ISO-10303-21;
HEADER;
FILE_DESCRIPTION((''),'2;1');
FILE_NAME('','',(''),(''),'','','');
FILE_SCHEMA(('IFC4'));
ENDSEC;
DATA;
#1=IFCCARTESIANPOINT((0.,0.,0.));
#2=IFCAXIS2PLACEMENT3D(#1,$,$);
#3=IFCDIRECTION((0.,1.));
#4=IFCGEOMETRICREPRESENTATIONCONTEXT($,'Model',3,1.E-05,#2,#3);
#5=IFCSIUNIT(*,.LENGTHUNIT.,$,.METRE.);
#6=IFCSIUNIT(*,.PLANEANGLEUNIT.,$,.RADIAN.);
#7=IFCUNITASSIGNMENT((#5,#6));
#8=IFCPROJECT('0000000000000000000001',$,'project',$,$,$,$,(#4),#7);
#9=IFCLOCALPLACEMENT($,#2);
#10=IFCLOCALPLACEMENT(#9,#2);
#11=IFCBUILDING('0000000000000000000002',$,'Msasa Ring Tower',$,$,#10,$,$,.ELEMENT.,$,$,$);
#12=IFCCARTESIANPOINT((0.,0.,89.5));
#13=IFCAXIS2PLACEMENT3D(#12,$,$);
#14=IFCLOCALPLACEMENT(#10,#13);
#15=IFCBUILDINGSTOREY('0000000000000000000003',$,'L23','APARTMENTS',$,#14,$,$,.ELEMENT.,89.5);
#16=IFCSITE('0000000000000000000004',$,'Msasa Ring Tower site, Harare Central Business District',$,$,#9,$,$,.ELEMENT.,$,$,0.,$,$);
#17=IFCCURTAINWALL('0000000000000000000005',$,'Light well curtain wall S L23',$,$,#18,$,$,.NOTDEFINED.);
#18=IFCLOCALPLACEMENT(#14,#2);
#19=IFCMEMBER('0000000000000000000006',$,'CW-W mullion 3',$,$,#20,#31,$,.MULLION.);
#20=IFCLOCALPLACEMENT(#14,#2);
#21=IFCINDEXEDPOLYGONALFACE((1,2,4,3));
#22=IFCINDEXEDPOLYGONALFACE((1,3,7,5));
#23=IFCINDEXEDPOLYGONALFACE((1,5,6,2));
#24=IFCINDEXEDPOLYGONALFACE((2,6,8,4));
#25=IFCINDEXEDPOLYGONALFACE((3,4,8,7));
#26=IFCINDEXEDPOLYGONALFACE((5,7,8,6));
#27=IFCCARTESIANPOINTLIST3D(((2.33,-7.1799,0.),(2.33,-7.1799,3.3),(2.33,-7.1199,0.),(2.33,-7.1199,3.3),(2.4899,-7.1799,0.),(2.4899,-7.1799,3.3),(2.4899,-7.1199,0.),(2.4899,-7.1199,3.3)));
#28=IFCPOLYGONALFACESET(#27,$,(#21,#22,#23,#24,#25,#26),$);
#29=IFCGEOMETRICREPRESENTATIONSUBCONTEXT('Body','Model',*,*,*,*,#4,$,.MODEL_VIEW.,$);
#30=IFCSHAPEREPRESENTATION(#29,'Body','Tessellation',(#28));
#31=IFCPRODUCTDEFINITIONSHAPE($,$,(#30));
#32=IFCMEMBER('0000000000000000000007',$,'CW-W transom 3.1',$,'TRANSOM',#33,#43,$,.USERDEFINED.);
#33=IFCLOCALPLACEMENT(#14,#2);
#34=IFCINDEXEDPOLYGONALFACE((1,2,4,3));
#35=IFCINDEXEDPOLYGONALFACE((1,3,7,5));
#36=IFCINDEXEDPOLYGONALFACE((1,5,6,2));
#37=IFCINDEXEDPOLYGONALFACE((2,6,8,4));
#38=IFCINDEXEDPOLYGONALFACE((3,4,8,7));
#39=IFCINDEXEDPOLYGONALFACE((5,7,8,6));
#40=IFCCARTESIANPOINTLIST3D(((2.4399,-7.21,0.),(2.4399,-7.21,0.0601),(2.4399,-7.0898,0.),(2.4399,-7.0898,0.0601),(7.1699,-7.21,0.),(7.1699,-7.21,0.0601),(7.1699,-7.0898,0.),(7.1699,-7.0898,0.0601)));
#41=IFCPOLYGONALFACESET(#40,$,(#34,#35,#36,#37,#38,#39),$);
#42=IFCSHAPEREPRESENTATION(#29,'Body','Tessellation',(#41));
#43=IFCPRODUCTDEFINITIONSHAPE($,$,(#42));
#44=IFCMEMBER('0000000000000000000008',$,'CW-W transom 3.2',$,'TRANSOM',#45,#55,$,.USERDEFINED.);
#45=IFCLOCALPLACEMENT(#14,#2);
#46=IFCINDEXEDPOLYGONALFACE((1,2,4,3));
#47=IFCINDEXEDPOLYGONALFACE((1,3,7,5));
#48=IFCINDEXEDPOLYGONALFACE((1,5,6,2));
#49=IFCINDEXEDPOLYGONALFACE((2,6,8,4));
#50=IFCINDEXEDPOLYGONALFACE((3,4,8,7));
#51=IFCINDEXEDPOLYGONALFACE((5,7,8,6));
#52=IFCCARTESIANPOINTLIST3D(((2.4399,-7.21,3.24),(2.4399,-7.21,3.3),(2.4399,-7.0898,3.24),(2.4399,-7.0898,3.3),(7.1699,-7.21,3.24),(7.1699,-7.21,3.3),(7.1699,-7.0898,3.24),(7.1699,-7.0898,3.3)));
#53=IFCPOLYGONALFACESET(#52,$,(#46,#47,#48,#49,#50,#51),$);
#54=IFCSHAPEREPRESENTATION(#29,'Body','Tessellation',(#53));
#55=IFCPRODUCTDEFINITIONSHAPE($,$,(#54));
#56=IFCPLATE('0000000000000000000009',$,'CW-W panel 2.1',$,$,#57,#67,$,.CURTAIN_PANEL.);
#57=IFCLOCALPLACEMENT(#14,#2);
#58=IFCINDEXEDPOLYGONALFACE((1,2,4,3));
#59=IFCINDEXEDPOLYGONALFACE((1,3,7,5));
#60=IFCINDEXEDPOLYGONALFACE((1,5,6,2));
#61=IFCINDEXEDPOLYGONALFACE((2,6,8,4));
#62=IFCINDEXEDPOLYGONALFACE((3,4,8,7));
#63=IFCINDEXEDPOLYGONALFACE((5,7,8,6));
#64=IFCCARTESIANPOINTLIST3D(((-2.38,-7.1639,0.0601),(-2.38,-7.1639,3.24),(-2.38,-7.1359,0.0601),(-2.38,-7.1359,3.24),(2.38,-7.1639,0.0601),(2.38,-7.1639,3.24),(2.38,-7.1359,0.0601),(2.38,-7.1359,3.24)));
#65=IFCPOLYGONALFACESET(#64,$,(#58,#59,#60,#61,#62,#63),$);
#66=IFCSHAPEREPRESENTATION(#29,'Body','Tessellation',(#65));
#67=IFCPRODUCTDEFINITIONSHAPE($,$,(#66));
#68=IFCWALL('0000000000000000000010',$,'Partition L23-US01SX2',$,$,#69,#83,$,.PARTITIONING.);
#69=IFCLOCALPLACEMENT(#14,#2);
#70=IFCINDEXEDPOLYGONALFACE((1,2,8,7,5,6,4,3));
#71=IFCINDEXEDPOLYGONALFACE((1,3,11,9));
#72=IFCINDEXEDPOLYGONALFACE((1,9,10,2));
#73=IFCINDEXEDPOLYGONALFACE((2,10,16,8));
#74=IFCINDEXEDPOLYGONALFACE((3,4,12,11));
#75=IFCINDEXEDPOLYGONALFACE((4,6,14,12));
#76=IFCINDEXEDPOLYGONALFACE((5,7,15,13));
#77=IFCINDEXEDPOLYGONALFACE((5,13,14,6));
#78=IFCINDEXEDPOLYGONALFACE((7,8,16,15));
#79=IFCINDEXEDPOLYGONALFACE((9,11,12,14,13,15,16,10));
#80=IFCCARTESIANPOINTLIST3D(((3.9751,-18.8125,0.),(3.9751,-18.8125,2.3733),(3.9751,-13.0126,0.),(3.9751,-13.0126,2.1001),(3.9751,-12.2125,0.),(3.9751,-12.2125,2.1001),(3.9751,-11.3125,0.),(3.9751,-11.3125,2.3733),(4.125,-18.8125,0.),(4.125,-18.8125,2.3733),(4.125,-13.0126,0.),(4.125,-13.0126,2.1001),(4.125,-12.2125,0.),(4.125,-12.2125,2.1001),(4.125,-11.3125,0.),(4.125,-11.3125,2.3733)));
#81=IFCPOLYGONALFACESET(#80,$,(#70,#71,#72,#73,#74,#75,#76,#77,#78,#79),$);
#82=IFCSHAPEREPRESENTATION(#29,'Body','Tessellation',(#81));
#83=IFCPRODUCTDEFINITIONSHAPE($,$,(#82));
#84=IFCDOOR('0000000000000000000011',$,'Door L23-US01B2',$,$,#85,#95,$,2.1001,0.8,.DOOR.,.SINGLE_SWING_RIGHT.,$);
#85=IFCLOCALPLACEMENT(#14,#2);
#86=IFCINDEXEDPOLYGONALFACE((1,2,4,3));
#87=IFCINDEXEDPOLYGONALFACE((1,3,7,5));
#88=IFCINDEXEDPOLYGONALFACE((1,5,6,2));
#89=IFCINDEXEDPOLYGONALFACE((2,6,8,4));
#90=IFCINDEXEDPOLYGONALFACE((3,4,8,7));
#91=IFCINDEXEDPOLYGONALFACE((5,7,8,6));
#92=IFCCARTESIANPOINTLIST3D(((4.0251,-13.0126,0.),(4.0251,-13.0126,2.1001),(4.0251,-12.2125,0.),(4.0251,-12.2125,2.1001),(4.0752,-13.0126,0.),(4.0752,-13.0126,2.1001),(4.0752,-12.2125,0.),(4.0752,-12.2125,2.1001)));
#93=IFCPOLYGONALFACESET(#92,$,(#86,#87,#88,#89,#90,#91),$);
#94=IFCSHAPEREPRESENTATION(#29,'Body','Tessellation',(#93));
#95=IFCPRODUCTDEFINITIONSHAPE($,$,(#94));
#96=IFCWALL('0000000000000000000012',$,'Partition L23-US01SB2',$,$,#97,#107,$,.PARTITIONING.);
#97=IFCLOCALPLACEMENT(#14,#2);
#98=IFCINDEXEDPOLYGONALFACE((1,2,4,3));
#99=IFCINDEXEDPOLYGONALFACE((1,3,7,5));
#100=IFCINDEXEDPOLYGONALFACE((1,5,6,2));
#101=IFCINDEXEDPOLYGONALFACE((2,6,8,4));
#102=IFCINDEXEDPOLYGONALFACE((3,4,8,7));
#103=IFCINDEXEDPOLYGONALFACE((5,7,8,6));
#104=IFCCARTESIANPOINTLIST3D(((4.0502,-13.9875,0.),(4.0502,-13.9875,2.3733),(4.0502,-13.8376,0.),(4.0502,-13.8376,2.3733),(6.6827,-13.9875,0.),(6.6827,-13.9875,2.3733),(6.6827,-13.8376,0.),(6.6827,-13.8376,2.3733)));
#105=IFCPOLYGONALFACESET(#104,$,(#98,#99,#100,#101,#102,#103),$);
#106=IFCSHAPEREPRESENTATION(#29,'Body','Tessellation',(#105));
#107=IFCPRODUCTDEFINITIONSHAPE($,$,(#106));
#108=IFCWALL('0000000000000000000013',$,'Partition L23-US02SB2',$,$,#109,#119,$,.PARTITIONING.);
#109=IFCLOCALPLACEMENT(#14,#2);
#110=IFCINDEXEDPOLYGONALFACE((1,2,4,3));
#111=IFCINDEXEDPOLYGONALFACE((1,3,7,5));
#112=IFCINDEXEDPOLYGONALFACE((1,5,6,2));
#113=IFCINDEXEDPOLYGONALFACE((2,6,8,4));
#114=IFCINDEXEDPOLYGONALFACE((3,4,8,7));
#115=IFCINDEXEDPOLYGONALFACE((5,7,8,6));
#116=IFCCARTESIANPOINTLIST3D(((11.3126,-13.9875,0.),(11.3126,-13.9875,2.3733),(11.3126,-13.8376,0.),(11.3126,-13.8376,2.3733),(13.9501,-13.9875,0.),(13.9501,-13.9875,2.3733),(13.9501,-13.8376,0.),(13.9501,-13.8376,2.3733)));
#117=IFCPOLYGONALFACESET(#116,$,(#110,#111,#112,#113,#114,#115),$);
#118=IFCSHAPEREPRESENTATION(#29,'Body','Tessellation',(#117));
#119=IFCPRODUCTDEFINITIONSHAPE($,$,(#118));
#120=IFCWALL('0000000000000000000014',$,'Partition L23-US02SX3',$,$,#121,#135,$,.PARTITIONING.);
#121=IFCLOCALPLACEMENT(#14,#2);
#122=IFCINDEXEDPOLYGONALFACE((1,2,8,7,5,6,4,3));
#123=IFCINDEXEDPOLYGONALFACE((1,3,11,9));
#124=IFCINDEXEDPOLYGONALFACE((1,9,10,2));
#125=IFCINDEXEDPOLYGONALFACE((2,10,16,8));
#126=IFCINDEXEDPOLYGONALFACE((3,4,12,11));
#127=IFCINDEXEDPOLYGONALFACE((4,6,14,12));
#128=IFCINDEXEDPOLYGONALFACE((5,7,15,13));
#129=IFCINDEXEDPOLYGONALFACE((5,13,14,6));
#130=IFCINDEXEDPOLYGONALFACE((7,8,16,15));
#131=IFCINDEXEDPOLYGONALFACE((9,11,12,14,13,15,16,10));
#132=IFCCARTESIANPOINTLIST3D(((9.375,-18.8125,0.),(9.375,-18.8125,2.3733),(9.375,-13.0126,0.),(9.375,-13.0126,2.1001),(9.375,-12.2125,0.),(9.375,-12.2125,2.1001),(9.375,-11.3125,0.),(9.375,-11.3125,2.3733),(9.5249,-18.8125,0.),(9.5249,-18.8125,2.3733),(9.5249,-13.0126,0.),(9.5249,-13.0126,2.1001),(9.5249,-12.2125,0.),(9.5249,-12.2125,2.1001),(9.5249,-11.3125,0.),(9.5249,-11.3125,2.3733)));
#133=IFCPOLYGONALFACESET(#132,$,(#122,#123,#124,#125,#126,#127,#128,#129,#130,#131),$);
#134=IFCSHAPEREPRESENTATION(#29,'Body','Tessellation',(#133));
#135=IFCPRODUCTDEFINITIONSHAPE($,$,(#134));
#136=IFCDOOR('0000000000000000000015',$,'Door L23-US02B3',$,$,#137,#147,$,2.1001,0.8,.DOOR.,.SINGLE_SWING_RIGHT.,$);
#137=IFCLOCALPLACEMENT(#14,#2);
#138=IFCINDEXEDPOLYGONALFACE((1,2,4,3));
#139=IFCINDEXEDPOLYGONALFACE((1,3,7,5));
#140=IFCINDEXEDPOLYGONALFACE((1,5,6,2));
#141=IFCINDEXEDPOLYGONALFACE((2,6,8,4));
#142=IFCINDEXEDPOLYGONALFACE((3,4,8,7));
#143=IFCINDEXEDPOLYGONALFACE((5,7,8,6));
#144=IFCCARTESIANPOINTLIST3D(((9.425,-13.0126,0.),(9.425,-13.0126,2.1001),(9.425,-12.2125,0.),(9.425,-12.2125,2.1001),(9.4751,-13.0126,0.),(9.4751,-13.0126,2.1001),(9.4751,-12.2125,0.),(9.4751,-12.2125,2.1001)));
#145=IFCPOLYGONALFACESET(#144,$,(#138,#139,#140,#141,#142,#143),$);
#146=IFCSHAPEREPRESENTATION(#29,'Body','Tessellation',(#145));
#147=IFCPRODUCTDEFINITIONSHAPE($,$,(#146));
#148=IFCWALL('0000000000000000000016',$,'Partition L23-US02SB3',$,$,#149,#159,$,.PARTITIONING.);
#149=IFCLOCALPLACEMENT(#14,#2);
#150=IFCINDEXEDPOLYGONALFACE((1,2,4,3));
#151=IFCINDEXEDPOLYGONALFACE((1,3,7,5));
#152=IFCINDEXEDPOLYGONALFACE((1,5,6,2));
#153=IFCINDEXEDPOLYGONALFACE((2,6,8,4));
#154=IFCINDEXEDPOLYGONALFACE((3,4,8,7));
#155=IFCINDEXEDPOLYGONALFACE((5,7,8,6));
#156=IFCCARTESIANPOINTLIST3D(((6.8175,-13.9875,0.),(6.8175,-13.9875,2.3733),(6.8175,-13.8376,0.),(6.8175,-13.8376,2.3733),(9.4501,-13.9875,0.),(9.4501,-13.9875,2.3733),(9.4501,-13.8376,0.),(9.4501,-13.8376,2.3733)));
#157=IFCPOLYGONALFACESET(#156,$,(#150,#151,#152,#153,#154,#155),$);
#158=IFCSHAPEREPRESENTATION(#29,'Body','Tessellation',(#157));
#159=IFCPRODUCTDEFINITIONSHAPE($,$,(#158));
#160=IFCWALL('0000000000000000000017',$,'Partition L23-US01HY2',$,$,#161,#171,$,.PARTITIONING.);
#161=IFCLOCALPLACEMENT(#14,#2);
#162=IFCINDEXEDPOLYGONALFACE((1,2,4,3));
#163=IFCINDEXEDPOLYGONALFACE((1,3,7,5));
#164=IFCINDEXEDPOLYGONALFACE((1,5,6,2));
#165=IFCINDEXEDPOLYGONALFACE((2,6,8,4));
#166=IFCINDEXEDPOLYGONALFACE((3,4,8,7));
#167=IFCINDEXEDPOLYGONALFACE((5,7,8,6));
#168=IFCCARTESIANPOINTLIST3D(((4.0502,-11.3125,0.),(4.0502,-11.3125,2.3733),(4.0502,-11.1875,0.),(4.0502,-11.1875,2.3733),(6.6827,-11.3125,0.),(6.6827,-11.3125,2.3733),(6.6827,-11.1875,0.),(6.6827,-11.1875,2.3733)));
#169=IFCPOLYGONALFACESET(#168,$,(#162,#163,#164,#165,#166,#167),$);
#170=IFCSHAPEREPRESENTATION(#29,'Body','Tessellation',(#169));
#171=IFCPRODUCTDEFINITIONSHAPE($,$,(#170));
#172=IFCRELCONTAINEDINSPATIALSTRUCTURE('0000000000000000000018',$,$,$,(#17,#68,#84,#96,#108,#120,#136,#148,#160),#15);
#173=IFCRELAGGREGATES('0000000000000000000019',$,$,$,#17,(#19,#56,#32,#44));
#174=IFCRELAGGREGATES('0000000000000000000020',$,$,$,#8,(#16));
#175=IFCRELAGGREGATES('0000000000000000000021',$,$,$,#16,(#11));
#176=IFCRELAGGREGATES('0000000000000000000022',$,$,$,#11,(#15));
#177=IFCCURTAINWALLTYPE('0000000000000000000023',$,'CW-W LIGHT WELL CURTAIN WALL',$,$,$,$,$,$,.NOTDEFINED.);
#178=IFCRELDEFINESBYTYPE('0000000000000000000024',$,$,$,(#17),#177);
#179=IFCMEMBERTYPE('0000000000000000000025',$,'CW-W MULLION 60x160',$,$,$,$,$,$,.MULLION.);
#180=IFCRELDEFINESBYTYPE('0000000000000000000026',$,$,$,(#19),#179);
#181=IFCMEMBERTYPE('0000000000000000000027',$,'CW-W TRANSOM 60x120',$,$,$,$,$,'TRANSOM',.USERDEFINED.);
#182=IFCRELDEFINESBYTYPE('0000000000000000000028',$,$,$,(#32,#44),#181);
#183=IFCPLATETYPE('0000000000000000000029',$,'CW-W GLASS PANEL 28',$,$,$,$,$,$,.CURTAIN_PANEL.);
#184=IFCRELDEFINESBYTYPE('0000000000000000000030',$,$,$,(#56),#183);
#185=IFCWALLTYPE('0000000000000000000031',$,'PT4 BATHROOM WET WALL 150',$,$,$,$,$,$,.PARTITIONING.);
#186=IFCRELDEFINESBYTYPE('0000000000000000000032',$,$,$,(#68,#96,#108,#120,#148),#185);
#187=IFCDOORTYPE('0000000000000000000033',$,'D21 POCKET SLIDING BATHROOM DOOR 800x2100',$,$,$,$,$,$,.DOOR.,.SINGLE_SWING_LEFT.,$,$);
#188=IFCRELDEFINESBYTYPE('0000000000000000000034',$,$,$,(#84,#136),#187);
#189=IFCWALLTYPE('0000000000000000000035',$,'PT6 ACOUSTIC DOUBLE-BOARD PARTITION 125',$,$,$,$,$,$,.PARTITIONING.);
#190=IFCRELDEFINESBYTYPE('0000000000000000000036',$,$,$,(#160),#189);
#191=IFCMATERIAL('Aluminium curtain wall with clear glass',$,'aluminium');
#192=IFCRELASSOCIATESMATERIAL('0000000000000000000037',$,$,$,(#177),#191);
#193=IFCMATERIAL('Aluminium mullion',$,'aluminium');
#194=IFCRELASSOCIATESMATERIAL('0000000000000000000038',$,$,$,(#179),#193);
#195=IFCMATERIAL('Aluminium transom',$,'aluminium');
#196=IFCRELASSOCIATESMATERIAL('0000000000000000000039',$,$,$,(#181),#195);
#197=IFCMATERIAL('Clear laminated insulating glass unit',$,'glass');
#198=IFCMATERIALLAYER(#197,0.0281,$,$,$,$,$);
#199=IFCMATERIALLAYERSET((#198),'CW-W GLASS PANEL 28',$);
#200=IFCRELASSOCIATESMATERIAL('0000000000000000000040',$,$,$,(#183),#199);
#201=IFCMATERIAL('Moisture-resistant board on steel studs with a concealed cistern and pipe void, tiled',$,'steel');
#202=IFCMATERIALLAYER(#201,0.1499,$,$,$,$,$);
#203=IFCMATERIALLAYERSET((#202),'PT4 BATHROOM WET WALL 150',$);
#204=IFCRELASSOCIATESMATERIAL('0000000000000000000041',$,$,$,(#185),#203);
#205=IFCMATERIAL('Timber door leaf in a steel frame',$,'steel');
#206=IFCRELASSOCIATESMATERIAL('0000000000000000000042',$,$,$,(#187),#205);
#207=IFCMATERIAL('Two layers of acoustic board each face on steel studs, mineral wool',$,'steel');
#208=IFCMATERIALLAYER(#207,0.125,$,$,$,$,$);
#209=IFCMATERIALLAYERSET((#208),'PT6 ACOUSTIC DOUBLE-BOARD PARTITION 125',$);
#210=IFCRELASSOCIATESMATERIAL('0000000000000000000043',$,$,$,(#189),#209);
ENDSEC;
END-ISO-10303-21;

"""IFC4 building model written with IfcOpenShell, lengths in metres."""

from ifc_helpers import new_model, si_unit, direction, frame, frame_2d, origin, origin_2d, place, context, subcontext, project, spatial, rectangle, extrude, material, layer, layer_set, material_profile, profile_set, type_object, element, fill, aggregate, save


model = new_model("IFC4")

# Units and contexts
model_context = context("Model", 3, precision=1e-05, world=origin(), true_north=direction((0.0, 1.0)))
body_context = subcontext(model_context, "Body", "Model", "MODEL_VIEW")
ifc_project = project(units=[si_unit("LENGTHUNIT", "METRE"), si_unit("PLANEANGLEUNIT", "RADIAN")], contexts=[model_context])

# Site, building, storey
site_placement = place(None, origin())
site = spatial("IfcSite", under=ifc_project, at=site_placement, Name="Msasa Ring Tower site, Harare Central Business District", CompositionType="ELEMENT", RefElevation=0.0)
building_placement = place(site_placement, origin())
building = spatial("IfcBuilding", under=site, at=building_placement, Name="Msasa Ring Tower", CompositionType="ELEMENT")
storey_placement = place(building_placement, frame((0.0, 0.0, 89.5)))
storey = spatial("IfcBuildingStorey", under=building, at=storey_placement, Name="L23", Description="APARTMENTS", CompositionType="ELEMENT", Elevation=89.5)

# Curtain wall, members, plate
ifc_material_1 = material(Name="Aluminium curtain wall with clear glass", Category="aluminium")
curtain_wall_type = type_object("IfcCurtainWallType", Name="CW-W LIGHT WELL CURTAIN WALL", PredefinedType="NOTDEFINED", material=ifc_material_1)
curtain_wall_placement = place(storey_placement, origin())
curtain_wall = element("IfcCurtainWall", 1, at=curtain_wall_placement, inside=storey, type_object=curtain_wall_type, Name="Light well curtain wall S L23", PredefinedType="NOTDEFINED")
ifc_material_2 = material(Name="Aluminium mullion", Category="aluminium")
ifc_material_profile_1 = material_profile(ifc_material_2, rectangle(XDim=0.0601, YDim=0.1599, at=origin_2d()), Name="AL 60x160")
ifc_profile_set_1 = profile_set([ifc_material_profile_1], Name="Aluminium mullion")
member_type_1 = type_object("IfcMemberType", Name="CW-W MULLION 60x160", PredefinedType="MULLION", material=ifc_profile_set_1)
member_1_placement = place(storey_placement, frame((2.4099, -7.1499, 0.0), z_axis=(0.0, 0.0, 1.0), x_axis=(0.0, 1.0, 0.0)))
member_1 = element("IfcMember", 2, at=member_1_placement, type_object=member_type_1, Name="CW-W mullion 3", PredefinedType="MULLION", context=body_context, shape_type="SweptSolid", body=[
    extrude(rectangle(XDim=0.0601, YDim=0.1599, at=origin_2d()), origin(), (0.0, 0.0, 1.0), 3.3),
])
ifc_material_3 = material(Name="Aluminium transom", Category="aluminium")
ifc_material_profile_2 = material_profile(ifc_material_3, rectangle(XDim=0.1201, YDim=0.0601, at=origin_2d()), Name="AL 60x120")
ifc_profile_set_2 = profile_set([ifc_material_profile_2], Name="Aluminium transom")
member_type_2 = type_object("IfcMemberType", Name="CW-W TRANSOM 60x120", ElementType="TRANSOM", PredefinedType="USERDEFINED", material=ifc_profile_set_2)
member_2_placement = place(storey_placement, frame((2.4399, -7.1499, 0.03), z_axis=(1.0, 0.0, 0.0), x_axis=(0.0, 1.0, 0.0)))
member_2 = element("IfcMember", 3, at=member_2_placement, type_object=member_type_2, Name="CW-W transom 3.1", ObjectType="TRANSOM", PredefinedType="USERDEFINED", context=body_context, shape_type="SweptSolid", body=[
    extrude(rectangle(XDim=0.1201, YDim=0.0601, at=origin_2d()), origin(), (0.0, 0.0, 1.0), 4.73),
])
member_3_placement = place(storey_placement, frame((2.4399, -7.1499, 3.27), z_axis=(1.0, 0.0, 0.0), x_axis=(0.0, 1.0, 0.0)))
member_3 = element("IfcMember", 4, at=member_3_placement, type_object=member_type_2, Name="CW-W transom 3.2", ObjectType="TRANSOM", PredefinedType="USERDEFINED", context=body_context, shape_type="SweptSolid", body=[
    extrude(rectangle(XDim=0.1201, YDim=0.0601, at=origin_2d()), origin(), (0.0, 0.0, 1.0), 4.73),
])
ifc_material_4 = material(Name="Clear laminated insulating glass unit", Category="glass")
ifc_layer_1 = layer(ifc_material_4, 0.0281)
ifc_layer_set_1 = layer_set([ifc_layer_1], Name="CW-W GLASS PANEL 28")
plate_type = type_object("IfcPlateType", Name="CW-W GLASS PANEL 28", PredefinedType="CURTAIN_PANEL", material=ifc_layer_set_1)
plate_placement = place(storey_placement, frame((0.0, -7.1499, 0.0601), z_axis=(0.0, 0.0, 1.0), x_axis=(1.0, 0.0, 0.0)))
plate = element("IfcPlate", 5, at=plate_placement, type_object=plate_type, Name="CW-W panel 2.1", PredefinedType="CURTAIN_PANEL", context=body_context, shape_type="SweptSolid", body=[
    extrude(rectangle(XDim=4.76, YDim=0.0281, at=origin_2d()), origin(), (0.0, 0.0, 1.0), 3.1799),
])
aggregate(curtain_wall, [member_1, plate, member_2, member_3])

# Wall, opening, door
ifc_material_5 = material(Name="Moisture-resistant board on steel studs with a concealed cistern and pipe void, tiled", Category="steel")
ifc_layer_2 = layer(ifc_material_5, 0.1499)
ifc_layer_set_2 = layer_set([ifc_layer_2], Name="PT4 BATHROOM WET WALL 150")
wall_type_1 = type_object("IfcWallType", Name="PT4 BATHROOM WET WALL 150", PredefinedType="PARTITIONING", material=ifc_layer_set_2)
wall_1_placement = place(storey_placement, frame((4.05, -18.8125, 0.0), z_axis=(0.0, 0.0, 1.0), x_axis=(0.0, 1.0, 0.0)))
wall_1 = element("IfcWall", 6, at=wall_1_placement, inside=storey, type_object=wall_type_1, Name="Partition L23-US01SX2", PredefinedType="PARTITIONING", context=body_context, shape_type="SweptSolid", body=[
    extrude(rectangle(XDim=7.5, YDim=0.1499, at=frame_2d((3.75, 0.0))), origin(), (0.0, 0.0, 1.0), 2.3733),
])
opening_1_placement = place(wall_1_placement, frame((5.8, 0.0, 0.0)))
opening_1 = element("IfcOpeningElement", 7, at=opening_1_placement, cuts=wall_1, PredefinedType="OPENING", context=body_context, shape_type="SweptSolid", body=[
    extrude(rectangle(XDim=0.8, YDim=2.1001, at=frame_2d((0.3999, 1.05))), frame((0.0, 0.085, 0.0), z_axis=(0.0, -1.0, 0.0), x_axis=(1.0, 0.0, 0.0)), (0.0, 0.0, 1.0), 0.1699),
])
ifc_material_6 = material(Name="Timber door leaf in a steel frame", Category="steel")
door_type_1 = type_object("IfcDoorType", Name="D21 POCKET SLIDING BATHROOM DOOR 800x2100", OperationType="SINGLE_SWING_LEFT", PredefinedType="DOOR", material=ifc_material_6)
door_1_placement = place(opening_1_placement, origin())
door_1 = element("IfcDoor", 8, at=door_1_placement, inside=storey, type_object=door_type_1, Name="Door L23-US01B2", OperationType="SINGLE_SWING_RIGHT", OverallHeight=2.1001, OverallWidth=0.8, PredefinedType="DOOR", context=body_context, shape_type="SweptSolid", body=[
    extrude(rectangle(XDim=0.8, YDim=2.1001, at=frame_2d((0.3999, 1.05))), frame((0.0, 0.0249, 0.0), z_axis=(0.0, -1.0, 0.0), x_axis=(1.0, 0.0, 0.0)), (0.0, 0.0, 1.0), 0.05),
])
fill(opening_1, door_1)

# Walls
wall_2_placement = place(storey_placement, frame((4.05, -13.9126, 0.0), z_axis=(0.0, 0.0, 1.0), x_axis=(1.0, 0.0, 0.0)))
element("IfcWall", 9, at=wall_2_placement, inside=storey, type_object=wall_type_1, Name="Partition L23-US01SB2", PredefinedType="PARTITIONING", context=body_context, shape_type="SweptSolid", body=[
    extrude(rectangle(XDim=2.6326, YDim=0.1499, at=frame_2d((1.3164, 0.0))), origin(), (0.0, 0.0, 1.0), 2.3733),
])
wall_3_placement = place(storey_placement, frame((11.3125, -13.9126, 0.0), z_axis=(0.0, 0.0, 1.0), x_axis=(1.0, 0.0, 0.0)))
element("IfcWall", 10, at=wall_3_placement, inside=storey, type_object=wall_type_1, Name="Partition L23-US02SB2", PredefinedType="PARTITIONING", context=body_context, shape_type="SweptSolid", body=[
    extrude(rectangle(XDim=2.6375, YDim=0.1499, at=frame_2d((1.3188, 0.0))), origin(), (0.0, 0.0, 1.0), 2.3733),
])

# Wall, opening, door
wall_4_placement = place(storey_placement, frame((9.45, -18.8125, 0.0), z_axis=(0.0, 0.0, 1.0), x_axis=(0.0, 1.0, 0.0)))
wall_4 = element("IfcWall", 11, at=wall_4_placement, inside=storey, type_object=wall_type_1, Name="Partition L23-US02SX3", PredefinedType="PARTITIONING", context=body_context, shape_type="SweptSolid", body=[
    extrude(rectangle(XDim=7.5, YDim=0.1499, at=frame_2d((3.75, 0.0))), origin(), (0.0, 0.0, 1.0), 2.3733),
])
opening_2_placement = place(wall_4_placement, frame((5.8, 0.0, 0.0)))
opening_2 = element("IfcOpeningElement", 12, at=opening_2_placement, cuts=wall_4, PredefinedType="OPENING", context=body_context, shape_type="SweptSolid", body=[
    extrude(rectangle(XDim=0.8, YDim=2.1001, at=frame_2d((0.3999, 1.05))), frame((0.0, 0.085, 0.0), z_axis=(0.0, -1.0, 0.0), x_axis=(1.0, 0.0, 0.0)), (0.0, 0.0, 1.0), 0.1699),
])
door_2_placement = place(opening_2_placement, origin())
door_2 = element("IfcDoor", 13, at=door_2_placement, inside=storey, type_object=door_type_1, Name="Door L23-US02B3", OperationType="SINGLE_SWING_RIGHT", OverallHeight=2.1001, OverallWidth=0.8, PredefinedType="DOOR", context=body_context, shape_type="SweptSolid", body=[
    extrude(rectangle(XDim=0.8, YDim=2.1001, at=frame_2d((0.3999, 1.05))), frame((0.0, 0.0249, 0.0), z_axis=(0.0, -1.0, 0.0), x_axis=(1.0, 0.0, 0.0)), (0.0, 0.0, 1.0), 0.05),
])
fill(opening_2, door_2)

# Walls
wall_5_placement = place(storey_placement, frame((6.8174, -13.9126, 0.0), z_axis=(0.0, 0.0, 1.0), x_axis=(1.0, 0.0, 0.0)))
element("IfcWall", 14, at=wall_5_placement, inside=storey, type_object=wall_type_1, Name="Partition L23-US02SB3", PredefinedType="PARTITIONING", context=body_context, shape_type="SweptSolid", body=[
    extrude(rectangle(XDim=2.6326, YDim=0.1499, at=frame_2d((1.3164, 0.0))), origin(), (0.0, 0.0, 1.0), 2.3733),
])
ifc_material_7 = material(Name="Two layers of acoustic board each face on steel studs, mineral wool", Category="steel")
ifc_layer_3 = layer(ifc_material_7, 0.125)
ifc_layer_set_3 = layer_set([ifc_layer_3], Name="PT6 ACOUSTIC DOUBLE-BOARD PARTITION 125")
wall_type_2 = type_object("IfcWallType", Name="PT6 ACOUSTIC DOUBLE-BOARD PARTITION 125", PredefinedType="PARTITIONING", material=ifc_layer_set_3)
wall_6_placement = place(storey_placement, frame((4.05, -11.25, 0.0), z_axis=(0.0, 0.0, 1.0), x_axis=(1.0, 0.0, 0.0)))
element("IfcWall", 15, at=wall_6_placement, inside=storey, type_object=wall_type_2, Name="Partition L23-US01HY2", PredefinedType="PARTITIONING", context=body_context, shape_type="SweptSolid", body=[
    extrude(rectangle(XDim=2.6326, YDim=0.125, at=frame_2d((1.3164, 0.0))), origin(), (0.0, 0.0, 1.0), 2.3733),
])

save(model, "model.ifc")
